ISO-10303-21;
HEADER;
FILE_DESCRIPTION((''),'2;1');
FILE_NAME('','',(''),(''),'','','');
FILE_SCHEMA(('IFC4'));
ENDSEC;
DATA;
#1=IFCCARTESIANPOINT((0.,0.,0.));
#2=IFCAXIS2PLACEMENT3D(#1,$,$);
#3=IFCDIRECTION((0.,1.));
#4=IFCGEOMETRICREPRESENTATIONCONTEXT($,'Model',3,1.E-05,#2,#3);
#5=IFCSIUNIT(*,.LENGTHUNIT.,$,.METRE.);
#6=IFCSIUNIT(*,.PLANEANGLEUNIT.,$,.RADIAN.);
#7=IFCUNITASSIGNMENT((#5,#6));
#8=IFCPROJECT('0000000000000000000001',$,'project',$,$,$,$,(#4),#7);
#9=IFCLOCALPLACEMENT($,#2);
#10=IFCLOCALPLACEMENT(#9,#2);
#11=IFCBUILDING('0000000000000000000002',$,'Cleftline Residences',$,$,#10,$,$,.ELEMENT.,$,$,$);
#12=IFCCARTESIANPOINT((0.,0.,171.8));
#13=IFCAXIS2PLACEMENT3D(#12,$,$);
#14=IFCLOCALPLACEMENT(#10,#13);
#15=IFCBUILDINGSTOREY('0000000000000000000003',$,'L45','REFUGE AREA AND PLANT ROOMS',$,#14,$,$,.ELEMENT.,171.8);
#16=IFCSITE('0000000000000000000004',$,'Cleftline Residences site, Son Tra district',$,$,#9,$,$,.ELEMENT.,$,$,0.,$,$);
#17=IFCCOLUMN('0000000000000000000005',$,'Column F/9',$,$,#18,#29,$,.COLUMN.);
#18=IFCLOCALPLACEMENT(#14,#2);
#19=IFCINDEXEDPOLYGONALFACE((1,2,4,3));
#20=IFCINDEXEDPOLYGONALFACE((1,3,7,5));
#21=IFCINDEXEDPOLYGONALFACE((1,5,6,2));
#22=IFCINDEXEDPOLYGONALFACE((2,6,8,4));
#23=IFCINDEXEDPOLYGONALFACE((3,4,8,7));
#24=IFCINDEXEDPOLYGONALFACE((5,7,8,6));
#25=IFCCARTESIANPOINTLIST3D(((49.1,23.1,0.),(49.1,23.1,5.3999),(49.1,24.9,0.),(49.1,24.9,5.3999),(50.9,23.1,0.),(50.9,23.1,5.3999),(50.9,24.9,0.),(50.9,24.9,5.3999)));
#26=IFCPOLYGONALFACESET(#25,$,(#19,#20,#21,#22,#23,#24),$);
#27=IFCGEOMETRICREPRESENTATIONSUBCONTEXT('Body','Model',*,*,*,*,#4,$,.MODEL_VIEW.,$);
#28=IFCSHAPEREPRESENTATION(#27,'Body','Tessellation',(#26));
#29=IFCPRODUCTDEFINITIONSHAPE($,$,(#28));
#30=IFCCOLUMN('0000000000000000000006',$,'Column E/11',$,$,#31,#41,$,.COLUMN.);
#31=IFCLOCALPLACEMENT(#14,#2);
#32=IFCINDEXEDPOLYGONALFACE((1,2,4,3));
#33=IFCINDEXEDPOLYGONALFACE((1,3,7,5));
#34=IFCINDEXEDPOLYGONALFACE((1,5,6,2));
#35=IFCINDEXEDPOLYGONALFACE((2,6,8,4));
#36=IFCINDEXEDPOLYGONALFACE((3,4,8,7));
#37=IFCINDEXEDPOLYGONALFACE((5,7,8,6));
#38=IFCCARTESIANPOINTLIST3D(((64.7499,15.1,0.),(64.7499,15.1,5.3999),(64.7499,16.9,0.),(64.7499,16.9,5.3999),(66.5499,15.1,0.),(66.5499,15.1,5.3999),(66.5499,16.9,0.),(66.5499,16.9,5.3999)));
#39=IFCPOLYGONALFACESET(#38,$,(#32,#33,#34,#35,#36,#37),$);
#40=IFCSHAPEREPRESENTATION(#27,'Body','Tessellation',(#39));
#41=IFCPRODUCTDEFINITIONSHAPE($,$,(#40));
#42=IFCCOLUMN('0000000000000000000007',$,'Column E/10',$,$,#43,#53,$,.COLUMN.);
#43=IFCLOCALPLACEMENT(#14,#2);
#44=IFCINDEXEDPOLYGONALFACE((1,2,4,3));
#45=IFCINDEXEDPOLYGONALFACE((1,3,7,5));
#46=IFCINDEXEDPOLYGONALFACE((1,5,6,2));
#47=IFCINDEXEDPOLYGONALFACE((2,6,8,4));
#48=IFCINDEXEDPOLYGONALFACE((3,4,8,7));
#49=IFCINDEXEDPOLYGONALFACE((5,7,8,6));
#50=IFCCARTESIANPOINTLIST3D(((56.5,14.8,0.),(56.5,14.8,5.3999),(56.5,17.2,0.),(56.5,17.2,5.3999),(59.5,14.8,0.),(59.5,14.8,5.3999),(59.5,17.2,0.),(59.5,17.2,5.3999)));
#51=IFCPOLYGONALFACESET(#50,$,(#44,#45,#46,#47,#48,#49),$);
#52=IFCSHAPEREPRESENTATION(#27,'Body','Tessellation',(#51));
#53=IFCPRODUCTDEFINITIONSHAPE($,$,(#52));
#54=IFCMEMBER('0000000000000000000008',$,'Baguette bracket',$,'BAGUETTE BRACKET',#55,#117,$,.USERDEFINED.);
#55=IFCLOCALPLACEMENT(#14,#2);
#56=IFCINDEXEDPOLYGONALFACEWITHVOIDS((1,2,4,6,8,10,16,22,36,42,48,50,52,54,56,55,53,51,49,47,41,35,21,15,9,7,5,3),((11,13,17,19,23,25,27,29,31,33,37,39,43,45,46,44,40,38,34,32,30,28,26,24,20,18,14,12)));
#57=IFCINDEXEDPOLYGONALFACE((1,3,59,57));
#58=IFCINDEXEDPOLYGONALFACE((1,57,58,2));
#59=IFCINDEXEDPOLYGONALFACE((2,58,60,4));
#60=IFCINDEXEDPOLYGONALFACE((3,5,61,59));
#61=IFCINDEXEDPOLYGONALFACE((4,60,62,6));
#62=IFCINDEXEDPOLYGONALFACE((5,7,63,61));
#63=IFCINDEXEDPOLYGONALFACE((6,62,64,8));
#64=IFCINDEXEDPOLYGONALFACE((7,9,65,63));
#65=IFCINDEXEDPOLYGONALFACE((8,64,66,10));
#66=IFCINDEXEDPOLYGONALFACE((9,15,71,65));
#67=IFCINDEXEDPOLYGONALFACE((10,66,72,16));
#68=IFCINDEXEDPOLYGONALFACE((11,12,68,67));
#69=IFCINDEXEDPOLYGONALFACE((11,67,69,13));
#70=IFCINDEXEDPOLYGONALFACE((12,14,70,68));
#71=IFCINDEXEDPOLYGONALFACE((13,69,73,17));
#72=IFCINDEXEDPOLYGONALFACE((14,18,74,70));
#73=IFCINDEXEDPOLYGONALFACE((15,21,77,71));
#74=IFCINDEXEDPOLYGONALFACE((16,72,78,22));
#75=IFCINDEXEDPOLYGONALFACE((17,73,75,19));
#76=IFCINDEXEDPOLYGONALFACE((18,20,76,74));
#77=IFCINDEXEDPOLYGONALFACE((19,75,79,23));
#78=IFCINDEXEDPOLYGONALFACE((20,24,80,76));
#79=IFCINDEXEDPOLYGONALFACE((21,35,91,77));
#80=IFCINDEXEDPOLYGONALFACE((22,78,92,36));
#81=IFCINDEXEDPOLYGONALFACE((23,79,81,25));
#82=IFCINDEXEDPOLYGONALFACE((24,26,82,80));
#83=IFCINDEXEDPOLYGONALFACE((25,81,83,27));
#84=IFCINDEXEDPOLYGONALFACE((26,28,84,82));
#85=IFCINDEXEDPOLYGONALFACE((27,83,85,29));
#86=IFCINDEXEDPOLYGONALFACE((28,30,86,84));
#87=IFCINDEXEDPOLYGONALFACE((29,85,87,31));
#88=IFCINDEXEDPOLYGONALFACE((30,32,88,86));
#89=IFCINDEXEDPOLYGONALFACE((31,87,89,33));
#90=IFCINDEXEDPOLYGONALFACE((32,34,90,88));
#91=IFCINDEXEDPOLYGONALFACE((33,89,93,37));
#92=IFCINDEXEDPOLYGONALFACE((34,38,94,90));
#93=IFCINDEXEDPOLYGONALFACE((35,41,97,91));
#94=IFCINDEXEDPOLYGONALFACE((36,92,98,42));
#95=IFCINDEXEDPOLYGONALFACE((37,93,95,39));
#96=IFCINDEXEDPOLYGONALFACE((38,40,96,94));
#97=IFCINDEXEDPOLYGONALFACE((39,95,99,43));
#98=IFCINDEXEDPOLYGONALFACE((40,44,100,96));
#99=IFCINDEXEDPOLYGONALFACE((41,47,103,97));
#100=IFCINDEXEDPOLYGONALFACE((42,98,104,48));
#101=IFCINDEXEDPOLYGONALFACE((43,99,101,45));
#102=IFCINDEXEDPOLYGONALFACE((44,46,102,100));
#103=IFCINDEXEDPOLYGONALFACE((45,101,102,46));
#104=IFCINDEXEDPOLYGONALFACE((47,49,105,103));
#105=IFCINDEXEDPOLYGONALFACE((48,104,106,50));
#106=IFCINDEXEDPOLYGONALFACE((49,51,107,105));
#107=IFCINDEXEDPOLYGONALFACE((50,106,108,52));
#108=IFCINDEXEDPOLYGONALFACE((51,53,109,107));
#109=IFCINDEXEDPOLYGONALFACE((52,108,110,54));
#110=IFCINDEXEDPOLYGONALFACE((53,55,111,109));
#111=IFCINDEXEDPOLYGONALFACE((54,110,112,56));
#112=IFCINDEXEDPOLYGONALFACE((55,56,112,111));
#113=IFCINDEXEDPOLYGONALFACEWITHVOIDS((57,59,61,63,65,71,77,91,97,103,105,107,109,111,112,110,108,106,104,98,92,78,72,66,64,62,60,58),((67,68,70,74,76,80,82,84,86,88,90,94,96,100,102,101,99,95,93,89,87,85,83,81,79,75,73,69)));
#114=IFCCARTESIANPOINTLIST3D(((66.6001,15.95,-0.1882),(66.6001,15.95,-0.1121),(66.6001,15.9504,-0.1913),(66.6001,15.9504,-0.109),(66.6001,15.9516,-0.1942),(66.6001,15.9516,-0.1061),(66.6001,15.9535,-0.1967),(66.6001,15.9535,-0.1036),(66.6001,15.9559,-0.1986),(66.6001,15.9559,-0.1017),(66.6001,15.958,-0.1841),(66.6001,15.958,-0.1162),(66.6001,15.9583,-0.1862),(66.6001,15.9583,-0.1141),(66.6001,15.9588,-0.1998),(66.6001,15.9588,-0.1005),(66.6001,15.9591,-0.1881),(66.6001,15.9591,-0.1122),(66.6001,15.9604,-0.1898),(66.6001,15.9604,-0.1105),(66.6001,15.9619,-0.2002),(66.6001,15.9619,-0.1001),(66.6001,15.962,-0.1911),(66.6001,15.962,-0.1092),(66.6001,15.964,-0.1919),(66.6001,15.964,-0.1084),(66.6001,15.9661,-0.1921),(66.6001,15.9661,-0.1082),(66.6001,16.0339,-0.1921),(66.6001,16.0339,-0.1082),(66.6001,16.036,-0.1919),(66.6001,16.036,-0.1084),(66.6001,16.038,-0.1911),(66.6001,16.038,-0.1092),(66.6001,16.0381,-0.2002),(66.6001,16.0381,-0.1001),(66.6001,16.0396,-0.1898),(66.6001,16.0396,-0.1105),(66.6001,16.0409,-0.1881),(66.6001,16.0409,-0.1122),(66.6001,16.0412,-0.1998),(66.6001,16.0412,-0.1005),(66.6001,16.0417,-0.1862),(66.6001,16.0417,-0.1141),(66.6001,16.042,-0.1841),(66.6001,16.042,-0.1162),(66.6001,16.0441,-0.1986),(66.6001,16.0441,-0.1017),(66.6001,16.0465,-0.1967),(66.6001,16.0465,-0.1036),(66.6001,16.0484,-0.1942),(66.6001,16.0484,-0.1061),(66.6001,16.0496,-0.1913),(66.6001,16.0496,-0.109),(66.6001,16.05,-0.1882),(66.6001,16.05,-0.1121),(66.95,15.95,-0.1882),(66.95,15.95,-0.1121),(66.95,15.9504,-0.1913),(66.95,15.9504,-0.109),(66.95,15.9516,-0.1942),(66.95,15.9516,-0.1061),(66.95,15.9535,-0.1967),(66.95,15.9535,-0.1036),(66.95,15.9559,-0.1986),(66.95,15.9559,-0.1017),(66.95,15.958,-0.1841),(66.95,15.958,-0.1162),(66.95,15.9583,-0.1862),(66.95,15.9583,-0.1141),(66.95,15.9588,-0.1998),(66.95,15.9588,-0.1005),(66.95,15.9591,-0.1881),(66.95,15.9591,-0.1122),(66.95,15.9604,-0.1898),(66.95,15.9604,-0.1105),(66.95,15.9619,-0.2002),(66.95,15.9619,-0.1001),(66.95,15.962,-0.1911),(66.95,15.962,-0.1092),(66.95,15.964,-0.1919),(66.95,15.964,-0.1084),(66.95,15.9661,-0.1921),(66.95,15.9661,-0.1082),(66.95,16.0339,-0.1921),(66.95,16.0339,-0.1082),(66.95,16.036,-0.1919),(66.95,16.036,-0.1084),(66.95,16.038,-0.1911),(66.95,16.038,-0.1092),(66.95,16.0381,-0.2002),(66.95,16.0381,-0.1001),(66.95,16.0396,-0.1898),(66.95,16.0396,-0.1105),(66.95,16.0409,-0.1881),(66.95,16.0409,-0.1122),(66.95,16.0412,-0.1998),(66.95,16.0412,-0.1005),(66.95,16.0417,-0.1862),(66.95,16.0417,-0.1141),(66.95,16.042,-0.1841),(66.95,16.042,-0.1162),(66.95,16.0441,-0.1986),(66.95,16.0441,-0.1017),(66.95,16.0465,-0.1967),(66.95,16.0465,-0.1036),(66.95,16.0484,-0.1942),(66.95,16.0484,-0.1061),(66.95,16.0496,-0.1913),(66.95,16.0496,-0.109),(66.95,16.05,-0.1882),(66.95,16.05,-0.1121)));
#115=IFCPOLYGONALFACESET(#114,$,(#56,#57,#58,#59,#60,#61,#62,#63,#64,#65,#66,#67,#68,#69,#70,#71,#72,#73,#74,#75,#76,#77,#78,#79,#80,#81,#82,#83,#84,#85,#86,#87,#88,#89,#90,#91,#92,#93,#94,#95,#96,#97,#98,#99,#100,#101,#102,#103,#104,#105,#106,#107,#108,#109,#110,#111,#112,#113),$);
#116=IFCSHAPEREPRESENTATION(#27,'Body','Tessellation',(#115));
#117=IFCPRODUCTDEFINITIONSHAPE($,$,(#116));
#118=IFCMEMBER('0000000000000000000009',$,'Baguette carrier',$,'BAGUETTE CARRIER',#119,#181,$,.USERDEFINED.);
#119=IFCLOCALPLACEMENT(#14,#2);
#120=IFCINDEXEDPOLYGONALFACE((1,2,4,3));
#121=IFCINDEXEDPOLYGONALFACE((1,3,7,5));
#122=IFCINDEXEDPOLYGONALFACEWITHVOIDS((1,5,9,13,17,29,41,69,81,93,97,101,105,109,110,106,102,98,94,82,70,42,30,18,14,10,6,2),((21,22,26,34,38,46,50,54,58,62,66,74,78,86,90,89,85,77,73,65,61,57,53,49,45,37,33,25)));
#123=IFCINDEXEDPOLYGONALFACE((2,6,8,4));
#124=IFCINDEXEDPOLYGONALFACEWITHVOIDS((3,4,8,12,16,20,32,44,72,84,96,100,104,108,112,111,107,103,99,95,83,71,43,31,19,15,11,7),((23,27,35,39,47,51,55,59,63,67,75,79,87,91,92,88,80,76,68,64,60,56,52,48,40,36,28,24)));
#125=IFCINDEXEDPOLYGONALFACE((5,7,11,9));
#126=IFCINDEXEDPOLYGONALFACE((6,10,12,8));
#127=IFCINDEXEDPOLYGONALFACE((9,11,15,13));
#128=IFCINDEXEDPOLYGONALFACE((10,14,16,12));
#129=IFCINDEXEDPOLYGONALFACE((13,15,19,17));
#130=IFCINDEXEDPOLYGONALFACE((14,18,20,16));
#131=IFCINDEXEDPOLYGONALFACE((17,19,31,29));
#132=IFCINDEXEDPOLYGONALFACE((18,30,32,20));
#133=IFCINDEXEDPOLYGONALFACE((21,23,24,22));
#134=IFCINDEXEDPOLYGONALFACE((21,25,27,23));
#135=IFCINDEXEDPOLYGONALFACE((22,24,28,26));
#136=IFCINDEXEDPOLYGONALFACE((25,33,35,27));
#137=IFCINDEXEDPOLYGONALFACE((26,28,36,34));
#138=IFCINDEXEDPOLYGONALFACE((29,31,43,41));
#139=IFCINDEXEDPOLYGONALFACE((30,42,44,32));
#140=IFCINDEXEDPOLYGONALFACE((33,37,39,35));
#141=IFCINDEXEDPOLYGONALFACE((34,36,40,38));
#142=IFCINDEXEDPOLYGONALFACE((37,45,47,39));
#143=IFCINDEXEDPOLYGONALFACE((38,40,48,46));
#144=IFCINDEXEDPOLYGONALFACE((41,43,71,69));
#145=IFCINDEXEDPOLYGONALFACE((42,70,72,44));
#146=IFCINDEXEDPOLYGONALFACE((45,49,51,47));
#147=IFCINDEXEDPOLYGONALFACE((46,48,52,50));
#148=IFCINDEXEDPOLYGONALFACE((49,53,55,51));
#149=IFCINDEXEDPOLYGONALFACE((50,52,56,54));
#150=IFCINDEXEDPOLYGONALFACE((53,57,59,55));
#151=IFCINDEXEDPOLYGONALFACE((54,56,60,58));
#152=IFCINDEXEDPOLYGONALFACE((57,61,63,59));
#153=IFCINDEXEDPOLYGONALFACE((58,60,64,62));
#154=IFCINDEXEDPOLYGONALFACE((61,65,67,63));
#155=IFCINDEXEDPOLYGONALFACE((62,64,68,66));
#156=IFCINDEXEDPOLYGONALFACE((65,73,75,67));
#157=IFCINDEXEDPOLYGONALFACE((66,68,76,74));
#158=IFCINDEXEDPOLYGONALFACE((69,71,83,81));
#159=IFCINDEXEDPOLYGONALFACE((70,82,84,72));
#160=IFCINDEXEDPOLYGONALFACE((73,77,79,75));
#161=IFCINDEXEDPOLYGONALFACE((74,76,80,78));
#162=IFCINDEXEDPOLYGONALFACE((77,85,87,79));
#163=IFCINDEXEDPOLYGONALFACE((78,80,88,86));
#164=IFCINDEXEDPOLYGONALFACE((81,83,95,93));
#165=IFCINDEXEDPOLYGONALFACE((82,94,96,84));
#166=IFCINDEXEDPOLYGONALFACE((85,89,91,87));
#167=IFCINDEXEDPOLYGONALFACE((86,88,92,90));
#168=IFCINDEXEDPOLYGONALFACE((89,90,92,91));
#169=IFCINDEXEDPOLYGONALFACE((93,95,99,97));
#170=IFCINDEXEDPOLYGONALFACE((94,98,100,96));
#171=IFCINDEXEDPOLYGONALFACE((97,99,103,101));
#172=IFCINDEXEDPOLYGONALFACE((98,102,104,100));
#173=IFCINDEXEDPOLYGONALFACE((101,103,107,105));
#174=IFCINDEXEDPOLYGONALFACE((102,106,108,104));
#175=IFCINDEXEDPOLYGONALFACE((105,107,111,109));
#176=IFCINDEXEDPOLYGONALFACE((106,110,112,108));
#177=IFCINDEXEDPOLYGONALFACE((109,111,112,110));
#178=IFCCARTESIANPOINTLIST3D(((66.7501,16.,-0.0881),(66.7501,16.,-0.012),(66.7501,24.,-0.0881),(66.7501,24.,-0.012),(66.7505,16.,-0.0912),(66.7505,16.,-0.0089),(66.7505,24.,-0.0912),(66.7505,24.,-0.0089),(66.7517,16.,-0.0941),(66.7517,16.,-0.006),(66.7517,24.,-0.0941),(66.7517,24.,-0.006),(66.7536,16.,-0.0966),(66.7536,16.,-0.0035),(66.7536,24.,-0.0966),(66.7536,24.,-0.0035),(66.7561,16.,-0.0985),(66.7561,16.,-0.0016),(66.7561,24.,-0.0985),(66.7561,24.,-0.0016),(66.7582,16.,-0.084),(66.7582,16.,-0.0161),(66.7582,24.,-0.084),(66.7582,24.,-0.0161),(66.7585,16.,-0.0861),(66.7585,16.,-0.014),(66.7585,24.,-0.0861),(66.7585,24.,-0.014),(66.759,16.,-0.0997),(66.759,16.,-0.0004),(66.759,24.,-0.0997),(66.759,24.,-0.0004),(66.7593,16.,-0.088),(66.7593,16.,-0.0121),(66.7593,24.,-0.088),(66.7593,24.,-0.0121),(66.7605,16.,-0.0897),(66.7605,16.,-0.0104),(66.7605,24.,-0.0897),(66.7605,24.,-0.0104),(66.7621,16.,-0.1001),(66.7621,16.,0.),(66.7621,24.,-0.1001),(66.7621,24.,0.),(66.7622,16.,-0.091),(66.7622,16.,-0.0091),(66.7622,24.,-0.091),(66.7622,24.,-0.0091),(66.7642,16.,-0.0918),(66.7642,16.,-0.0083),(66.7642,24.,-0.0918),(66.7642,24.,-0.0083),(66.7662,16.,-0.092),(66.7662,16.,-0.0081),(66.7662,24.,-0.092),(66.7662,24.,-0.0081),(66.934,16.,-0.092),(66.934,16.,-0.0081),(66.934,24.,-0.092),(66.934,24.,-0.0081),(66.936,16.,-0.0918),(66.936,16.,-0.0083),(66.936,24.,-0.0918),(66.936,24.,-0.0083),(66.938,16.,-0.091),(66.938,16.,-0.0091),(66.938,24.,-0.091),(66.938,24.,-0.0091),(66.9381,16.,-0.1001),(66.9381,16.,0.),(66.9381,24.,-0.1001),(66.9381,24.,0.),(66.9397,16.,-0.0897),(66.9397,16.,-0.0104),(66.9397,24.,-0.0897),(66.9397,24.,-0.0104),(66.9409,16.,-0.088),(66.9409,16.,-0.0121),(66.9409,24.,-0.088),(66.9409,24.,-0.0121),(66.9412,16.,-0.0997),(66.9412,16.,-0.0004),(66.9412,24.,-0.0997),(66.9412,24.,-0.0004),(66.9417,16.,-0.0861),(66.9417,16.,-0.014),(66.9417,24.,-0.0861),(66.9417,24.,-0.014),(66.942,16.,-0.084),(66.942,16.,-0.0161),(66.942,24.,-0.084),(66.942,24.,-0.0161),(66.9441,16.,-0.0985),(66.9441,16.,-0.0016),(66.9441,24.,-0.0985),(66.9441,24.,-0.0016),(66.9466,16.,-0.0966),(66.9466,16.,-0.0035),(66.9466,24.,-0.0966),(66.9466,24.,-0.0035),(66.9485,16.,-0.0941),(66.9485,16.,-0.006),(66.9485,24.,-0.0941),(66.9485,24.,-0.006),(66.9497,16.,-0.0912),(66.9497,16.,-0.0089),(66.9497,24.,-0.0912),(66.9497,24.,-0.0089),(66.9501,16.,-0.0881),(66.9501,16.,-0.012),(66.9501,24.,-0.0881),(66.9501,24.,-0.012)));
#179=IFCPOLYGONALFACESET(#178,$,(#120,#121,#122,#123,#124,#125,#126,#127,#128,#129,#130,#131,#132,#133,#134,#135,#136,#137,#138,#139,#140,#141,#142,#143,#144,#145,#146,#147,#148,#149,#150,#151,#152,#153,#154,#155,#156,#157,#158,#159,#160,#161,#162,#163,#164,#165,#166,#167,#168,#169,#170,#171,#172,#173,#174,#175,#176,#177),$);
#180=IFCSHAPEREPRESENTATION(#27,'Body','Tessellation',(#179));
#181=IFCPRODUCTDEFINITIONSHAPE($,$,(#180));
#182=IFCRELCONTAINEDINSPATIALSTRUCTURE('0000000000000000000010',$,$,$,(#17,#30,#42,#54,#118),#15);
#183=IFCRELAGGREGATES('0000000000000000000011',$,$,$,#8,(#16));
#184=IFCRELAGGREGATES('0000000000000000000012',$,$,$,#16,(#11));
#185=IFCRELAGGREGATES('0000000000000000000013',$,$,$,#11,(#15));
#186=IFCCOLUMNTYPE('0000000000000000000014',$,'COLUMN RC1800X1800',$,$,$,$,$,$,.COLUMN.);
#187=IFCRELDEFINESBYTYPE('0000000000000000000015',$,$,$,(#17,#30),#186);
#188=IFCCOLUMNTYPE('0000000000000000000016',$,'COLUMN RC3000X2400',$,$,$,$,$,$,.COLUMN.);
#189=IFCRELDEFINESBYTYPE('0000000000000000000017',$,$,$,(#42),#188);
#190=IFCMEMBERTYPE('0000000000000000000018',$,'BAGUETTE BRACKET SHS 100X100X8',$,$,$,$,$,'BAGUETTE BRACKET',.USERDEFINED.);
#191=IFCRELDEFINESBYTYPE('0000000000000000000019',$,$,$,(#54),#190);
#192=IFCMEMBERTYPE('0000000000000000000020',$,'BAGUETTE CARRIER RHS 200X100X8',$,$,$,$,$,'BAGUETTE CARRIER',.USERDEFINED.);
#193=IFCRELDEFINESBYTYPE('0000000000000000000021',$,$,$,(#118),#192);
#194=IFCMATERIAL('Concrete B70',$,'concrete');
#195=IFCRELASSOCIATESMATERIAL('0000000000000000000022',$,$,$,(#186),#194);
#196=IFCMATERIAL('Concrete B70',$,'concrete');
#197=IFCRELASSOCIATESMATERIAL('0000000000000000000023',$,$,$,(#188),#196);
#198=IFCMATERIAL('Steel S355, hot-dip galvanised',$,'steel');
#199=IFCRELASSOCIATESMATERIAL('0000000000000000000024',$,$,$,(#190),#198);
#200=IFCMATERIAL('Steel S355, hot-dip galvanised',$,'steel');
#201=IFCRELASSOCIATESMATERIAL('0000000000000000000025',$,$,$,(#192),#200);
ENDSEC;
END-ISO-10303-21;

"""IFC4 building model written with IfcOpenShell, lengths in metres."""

from ifc_helpers import new_model, si_unit, direction, frame, origin, origin_2d, place, context, subcontext, project, spatial, rectangle, hollow_rectangle, extrude, material, material_profile, profile_set, type_object, element, save


model = new_model("IFC4")

# Units and contexts
model_context = context("Model", 3, precision=1e-05, world=origin(), true_north=direction((0.0, 1.0)))
body_context = subcontext(model_context, "Body", "Model", "MODEL_VIEW")
ifc_project = project(units=[si_unit("LENGTHUNIT", "METRE"), si_unit("PLANEANGLEUNIT", "RADIAN")], contexts=[model_context])

# Site, building, storey
site_placement = place(None, origin())
site = spatial("IfcSite", under=ifc_project, at=site_placement, Name="Cleftline Residences site, Son Tra district", CompositionType="ELEMENT", RefElevation=0.0)
building_placement = place(site_placement, origin())
building = spatial("IfcBuilding", under=site, at=building_placement, Name="Cleftline Residences", CompositionType="ELEMENT")
storey_placement = place(building_placement, frame((0.0, 0.0, 171.8)))
storey = spatial("IfcBuildingStorey", under=building, at=storey_placement, Name="L45", Description="REFUGE AREA AND PLANT ROOMS", CompositionType="ELEMENT", Elevation=171.8)

# Columns
ifc_material_1 = material(Name="Concrete B70", Category="concrete")
ifc_material_profile_1 = material_profile(ifc_material_1, rectangle(XDim=1.8, YDim=1.8, at=origin_2d()))
ifc_profile_set_1 = profile_set([ifc_material_profile_1], Name="Concrete B70")
column_type_1 = type_object("IfcColumnType", Name="COLUMN RC1800X1800", PredefinedType="COLUMN", material=ifc_profile_set_1)
for number, where, z_axis, x_axis, name in (
    (1, (50.0, 24.0, 0.0), (0.0, 0.0, 1.0), (1.0, 0.0, 0.0), "Column F/9"),
    (2, (65.6499, 16.0, 0.0), (0.0, 0.0, 1.0), (1.0, 0.0, 0.0), "Column E/11"),
):
    element("IfcColumn", number, at=place(storey_placement, frame(where, z_axis=z_axis, x_axis=x_axis)), inside=storey, type_object=column_type_1, Name=name, PredefinedType="COLUMN", context=body_context, shape_type="SweptSolid", body=[
        extrude(rectangle(XDim=1.8, YDim=1.8, at=origin_2d()), origin(), (0.0, 0.0, 1.0), 5.3999),
    ])
ifc_material_2 = material(Name="Concrete B70", Category="concrete")
ifc_material_profile_2 = material_profile(ifc_material_2, rectangle(XDim=3.0, YDim=2.3999, at=origin_2d()))
ifc_profile_set_2 = profile_set([ifc_material_profile_2], Name="Concrete B70")
column_type_2 = type_object("IfcColumnType", Name="COLUMN RC3000X2400", PredefinedType="COLUMN", material=ifc_profile_set_2)
column_placement = place(storey_placement, frame((58.0, 16.0, 0.0), z_axis=(0.0, 0.0, 1.0), x_axis=(1.0, 0.0, 0.0)))
element("IfcColumn", 3, at=column_placement, inside=storey, type_object=column_type_2, Name="Column E/10", PredefinedType="COLUMN", context=body_context, shape_type="SweptSolid", body=[
    extrude(rectangle(XDim=3.0, YDim=2.3999, at=origin_2d()), origin(), (0.0, 0.0, 1.0), 5.3999),
])

# Members
ifc_material_3 = material(Name="Steel S355, hot-dip galvanised", Category="steel")
ifc_material_profile_3 = material_profile(ifc_material_3, hollow_rectangle(XDim=0.1001, YDim=0.1001, WallThickness=0.0081, InnerFilletRadius=0.0081, OuterFilletRadius=0.012, at=origin_2d()))
ifc_profile_set_3 = profile_set([ifc_material_profile_3], Name="Steel S355, hot-dip galvanised")
member_type_1 = type_object("IfcMemberType", Name="BAGUETTE BRACKET SHS 100X100X8", ElementType="BAGUETTE BRACKET", PredefinedType="USERDEFINED", material=ifc_profile_set_3)
member_1_placement = place(storey_placement, frame((66.6001, 16.0, -0.1501), z_axis=(1.0, 0.0, 0.0), x_axis=(0.0, 1.0, 0.0)))
element("IfcMember", 4, at=member_1_placement, inside=storey, type_object=member_type_1, Name="Baguette bracket", ObjectType="BAGUETTE BRACKET", PredefinedType="USERDEFINED", context=body_context, shape_type="SweptSolid", body=[
    extrude(hollow_rectangle(XDim=0.1001, YDim=0.1001, WallThickness=0.0081, InnerFilletRadius=0.0081, OuterFilletRadius=0.012, at=origin_2d()), origin(), (0.0, 0.0, 1.0), 0.3499),
])
ifc_material_4 = material(Name="Steel S355, hot-dip galvanised", Category="steel")
ifc_material_profile_4 = material_profile(ifc_material_4, hollow_rectangle(XDim=0.1001, YDim=0.2, WallThickness=0.0081, InnerFilletRadius=0.0081, OuterFilletRadius=0.012, at=origin_2d()))
ifc_profile_set_4 = profile_set([ifc_material_profile_4], Name="Steel S355, hot-dip galvanised")
member_type_2 = type_object("IfcMemberType", Name="BAGUETTE CARRIER RHS 200X100X8", ElementType="BAGUETTE CARRIER", PredefinedType="USERDEFINED", material=ifc_profile_set_4)
member_2_placement = place(storey_placement, frame((66.8501, 16.0, -0.05), z_axis=(0.0, 1.0, 0.0), x_axis=(0.0, 0.0, 1.0)))
element("IfcMember", 5, at=member_2_placement, inside=storey, type_object=member_type_2, Name="Baguette carrier", ObjectType="BAGUETTE CARRIER", PredefinedType="USERDEFINED", context=body_context, shape_type="SweptSolid", body=[
    extrude(hollow_rectangle(XDim=0.1001, YDim=0.2, WallThickness=0.0081, InnerFilletRadius=0.0081, OuterFilletRadius=0.012, at=origin_2d()), origin(), (0.0, 0.0, 1.0), 8.0),
])

save(model, "model.ifc")
